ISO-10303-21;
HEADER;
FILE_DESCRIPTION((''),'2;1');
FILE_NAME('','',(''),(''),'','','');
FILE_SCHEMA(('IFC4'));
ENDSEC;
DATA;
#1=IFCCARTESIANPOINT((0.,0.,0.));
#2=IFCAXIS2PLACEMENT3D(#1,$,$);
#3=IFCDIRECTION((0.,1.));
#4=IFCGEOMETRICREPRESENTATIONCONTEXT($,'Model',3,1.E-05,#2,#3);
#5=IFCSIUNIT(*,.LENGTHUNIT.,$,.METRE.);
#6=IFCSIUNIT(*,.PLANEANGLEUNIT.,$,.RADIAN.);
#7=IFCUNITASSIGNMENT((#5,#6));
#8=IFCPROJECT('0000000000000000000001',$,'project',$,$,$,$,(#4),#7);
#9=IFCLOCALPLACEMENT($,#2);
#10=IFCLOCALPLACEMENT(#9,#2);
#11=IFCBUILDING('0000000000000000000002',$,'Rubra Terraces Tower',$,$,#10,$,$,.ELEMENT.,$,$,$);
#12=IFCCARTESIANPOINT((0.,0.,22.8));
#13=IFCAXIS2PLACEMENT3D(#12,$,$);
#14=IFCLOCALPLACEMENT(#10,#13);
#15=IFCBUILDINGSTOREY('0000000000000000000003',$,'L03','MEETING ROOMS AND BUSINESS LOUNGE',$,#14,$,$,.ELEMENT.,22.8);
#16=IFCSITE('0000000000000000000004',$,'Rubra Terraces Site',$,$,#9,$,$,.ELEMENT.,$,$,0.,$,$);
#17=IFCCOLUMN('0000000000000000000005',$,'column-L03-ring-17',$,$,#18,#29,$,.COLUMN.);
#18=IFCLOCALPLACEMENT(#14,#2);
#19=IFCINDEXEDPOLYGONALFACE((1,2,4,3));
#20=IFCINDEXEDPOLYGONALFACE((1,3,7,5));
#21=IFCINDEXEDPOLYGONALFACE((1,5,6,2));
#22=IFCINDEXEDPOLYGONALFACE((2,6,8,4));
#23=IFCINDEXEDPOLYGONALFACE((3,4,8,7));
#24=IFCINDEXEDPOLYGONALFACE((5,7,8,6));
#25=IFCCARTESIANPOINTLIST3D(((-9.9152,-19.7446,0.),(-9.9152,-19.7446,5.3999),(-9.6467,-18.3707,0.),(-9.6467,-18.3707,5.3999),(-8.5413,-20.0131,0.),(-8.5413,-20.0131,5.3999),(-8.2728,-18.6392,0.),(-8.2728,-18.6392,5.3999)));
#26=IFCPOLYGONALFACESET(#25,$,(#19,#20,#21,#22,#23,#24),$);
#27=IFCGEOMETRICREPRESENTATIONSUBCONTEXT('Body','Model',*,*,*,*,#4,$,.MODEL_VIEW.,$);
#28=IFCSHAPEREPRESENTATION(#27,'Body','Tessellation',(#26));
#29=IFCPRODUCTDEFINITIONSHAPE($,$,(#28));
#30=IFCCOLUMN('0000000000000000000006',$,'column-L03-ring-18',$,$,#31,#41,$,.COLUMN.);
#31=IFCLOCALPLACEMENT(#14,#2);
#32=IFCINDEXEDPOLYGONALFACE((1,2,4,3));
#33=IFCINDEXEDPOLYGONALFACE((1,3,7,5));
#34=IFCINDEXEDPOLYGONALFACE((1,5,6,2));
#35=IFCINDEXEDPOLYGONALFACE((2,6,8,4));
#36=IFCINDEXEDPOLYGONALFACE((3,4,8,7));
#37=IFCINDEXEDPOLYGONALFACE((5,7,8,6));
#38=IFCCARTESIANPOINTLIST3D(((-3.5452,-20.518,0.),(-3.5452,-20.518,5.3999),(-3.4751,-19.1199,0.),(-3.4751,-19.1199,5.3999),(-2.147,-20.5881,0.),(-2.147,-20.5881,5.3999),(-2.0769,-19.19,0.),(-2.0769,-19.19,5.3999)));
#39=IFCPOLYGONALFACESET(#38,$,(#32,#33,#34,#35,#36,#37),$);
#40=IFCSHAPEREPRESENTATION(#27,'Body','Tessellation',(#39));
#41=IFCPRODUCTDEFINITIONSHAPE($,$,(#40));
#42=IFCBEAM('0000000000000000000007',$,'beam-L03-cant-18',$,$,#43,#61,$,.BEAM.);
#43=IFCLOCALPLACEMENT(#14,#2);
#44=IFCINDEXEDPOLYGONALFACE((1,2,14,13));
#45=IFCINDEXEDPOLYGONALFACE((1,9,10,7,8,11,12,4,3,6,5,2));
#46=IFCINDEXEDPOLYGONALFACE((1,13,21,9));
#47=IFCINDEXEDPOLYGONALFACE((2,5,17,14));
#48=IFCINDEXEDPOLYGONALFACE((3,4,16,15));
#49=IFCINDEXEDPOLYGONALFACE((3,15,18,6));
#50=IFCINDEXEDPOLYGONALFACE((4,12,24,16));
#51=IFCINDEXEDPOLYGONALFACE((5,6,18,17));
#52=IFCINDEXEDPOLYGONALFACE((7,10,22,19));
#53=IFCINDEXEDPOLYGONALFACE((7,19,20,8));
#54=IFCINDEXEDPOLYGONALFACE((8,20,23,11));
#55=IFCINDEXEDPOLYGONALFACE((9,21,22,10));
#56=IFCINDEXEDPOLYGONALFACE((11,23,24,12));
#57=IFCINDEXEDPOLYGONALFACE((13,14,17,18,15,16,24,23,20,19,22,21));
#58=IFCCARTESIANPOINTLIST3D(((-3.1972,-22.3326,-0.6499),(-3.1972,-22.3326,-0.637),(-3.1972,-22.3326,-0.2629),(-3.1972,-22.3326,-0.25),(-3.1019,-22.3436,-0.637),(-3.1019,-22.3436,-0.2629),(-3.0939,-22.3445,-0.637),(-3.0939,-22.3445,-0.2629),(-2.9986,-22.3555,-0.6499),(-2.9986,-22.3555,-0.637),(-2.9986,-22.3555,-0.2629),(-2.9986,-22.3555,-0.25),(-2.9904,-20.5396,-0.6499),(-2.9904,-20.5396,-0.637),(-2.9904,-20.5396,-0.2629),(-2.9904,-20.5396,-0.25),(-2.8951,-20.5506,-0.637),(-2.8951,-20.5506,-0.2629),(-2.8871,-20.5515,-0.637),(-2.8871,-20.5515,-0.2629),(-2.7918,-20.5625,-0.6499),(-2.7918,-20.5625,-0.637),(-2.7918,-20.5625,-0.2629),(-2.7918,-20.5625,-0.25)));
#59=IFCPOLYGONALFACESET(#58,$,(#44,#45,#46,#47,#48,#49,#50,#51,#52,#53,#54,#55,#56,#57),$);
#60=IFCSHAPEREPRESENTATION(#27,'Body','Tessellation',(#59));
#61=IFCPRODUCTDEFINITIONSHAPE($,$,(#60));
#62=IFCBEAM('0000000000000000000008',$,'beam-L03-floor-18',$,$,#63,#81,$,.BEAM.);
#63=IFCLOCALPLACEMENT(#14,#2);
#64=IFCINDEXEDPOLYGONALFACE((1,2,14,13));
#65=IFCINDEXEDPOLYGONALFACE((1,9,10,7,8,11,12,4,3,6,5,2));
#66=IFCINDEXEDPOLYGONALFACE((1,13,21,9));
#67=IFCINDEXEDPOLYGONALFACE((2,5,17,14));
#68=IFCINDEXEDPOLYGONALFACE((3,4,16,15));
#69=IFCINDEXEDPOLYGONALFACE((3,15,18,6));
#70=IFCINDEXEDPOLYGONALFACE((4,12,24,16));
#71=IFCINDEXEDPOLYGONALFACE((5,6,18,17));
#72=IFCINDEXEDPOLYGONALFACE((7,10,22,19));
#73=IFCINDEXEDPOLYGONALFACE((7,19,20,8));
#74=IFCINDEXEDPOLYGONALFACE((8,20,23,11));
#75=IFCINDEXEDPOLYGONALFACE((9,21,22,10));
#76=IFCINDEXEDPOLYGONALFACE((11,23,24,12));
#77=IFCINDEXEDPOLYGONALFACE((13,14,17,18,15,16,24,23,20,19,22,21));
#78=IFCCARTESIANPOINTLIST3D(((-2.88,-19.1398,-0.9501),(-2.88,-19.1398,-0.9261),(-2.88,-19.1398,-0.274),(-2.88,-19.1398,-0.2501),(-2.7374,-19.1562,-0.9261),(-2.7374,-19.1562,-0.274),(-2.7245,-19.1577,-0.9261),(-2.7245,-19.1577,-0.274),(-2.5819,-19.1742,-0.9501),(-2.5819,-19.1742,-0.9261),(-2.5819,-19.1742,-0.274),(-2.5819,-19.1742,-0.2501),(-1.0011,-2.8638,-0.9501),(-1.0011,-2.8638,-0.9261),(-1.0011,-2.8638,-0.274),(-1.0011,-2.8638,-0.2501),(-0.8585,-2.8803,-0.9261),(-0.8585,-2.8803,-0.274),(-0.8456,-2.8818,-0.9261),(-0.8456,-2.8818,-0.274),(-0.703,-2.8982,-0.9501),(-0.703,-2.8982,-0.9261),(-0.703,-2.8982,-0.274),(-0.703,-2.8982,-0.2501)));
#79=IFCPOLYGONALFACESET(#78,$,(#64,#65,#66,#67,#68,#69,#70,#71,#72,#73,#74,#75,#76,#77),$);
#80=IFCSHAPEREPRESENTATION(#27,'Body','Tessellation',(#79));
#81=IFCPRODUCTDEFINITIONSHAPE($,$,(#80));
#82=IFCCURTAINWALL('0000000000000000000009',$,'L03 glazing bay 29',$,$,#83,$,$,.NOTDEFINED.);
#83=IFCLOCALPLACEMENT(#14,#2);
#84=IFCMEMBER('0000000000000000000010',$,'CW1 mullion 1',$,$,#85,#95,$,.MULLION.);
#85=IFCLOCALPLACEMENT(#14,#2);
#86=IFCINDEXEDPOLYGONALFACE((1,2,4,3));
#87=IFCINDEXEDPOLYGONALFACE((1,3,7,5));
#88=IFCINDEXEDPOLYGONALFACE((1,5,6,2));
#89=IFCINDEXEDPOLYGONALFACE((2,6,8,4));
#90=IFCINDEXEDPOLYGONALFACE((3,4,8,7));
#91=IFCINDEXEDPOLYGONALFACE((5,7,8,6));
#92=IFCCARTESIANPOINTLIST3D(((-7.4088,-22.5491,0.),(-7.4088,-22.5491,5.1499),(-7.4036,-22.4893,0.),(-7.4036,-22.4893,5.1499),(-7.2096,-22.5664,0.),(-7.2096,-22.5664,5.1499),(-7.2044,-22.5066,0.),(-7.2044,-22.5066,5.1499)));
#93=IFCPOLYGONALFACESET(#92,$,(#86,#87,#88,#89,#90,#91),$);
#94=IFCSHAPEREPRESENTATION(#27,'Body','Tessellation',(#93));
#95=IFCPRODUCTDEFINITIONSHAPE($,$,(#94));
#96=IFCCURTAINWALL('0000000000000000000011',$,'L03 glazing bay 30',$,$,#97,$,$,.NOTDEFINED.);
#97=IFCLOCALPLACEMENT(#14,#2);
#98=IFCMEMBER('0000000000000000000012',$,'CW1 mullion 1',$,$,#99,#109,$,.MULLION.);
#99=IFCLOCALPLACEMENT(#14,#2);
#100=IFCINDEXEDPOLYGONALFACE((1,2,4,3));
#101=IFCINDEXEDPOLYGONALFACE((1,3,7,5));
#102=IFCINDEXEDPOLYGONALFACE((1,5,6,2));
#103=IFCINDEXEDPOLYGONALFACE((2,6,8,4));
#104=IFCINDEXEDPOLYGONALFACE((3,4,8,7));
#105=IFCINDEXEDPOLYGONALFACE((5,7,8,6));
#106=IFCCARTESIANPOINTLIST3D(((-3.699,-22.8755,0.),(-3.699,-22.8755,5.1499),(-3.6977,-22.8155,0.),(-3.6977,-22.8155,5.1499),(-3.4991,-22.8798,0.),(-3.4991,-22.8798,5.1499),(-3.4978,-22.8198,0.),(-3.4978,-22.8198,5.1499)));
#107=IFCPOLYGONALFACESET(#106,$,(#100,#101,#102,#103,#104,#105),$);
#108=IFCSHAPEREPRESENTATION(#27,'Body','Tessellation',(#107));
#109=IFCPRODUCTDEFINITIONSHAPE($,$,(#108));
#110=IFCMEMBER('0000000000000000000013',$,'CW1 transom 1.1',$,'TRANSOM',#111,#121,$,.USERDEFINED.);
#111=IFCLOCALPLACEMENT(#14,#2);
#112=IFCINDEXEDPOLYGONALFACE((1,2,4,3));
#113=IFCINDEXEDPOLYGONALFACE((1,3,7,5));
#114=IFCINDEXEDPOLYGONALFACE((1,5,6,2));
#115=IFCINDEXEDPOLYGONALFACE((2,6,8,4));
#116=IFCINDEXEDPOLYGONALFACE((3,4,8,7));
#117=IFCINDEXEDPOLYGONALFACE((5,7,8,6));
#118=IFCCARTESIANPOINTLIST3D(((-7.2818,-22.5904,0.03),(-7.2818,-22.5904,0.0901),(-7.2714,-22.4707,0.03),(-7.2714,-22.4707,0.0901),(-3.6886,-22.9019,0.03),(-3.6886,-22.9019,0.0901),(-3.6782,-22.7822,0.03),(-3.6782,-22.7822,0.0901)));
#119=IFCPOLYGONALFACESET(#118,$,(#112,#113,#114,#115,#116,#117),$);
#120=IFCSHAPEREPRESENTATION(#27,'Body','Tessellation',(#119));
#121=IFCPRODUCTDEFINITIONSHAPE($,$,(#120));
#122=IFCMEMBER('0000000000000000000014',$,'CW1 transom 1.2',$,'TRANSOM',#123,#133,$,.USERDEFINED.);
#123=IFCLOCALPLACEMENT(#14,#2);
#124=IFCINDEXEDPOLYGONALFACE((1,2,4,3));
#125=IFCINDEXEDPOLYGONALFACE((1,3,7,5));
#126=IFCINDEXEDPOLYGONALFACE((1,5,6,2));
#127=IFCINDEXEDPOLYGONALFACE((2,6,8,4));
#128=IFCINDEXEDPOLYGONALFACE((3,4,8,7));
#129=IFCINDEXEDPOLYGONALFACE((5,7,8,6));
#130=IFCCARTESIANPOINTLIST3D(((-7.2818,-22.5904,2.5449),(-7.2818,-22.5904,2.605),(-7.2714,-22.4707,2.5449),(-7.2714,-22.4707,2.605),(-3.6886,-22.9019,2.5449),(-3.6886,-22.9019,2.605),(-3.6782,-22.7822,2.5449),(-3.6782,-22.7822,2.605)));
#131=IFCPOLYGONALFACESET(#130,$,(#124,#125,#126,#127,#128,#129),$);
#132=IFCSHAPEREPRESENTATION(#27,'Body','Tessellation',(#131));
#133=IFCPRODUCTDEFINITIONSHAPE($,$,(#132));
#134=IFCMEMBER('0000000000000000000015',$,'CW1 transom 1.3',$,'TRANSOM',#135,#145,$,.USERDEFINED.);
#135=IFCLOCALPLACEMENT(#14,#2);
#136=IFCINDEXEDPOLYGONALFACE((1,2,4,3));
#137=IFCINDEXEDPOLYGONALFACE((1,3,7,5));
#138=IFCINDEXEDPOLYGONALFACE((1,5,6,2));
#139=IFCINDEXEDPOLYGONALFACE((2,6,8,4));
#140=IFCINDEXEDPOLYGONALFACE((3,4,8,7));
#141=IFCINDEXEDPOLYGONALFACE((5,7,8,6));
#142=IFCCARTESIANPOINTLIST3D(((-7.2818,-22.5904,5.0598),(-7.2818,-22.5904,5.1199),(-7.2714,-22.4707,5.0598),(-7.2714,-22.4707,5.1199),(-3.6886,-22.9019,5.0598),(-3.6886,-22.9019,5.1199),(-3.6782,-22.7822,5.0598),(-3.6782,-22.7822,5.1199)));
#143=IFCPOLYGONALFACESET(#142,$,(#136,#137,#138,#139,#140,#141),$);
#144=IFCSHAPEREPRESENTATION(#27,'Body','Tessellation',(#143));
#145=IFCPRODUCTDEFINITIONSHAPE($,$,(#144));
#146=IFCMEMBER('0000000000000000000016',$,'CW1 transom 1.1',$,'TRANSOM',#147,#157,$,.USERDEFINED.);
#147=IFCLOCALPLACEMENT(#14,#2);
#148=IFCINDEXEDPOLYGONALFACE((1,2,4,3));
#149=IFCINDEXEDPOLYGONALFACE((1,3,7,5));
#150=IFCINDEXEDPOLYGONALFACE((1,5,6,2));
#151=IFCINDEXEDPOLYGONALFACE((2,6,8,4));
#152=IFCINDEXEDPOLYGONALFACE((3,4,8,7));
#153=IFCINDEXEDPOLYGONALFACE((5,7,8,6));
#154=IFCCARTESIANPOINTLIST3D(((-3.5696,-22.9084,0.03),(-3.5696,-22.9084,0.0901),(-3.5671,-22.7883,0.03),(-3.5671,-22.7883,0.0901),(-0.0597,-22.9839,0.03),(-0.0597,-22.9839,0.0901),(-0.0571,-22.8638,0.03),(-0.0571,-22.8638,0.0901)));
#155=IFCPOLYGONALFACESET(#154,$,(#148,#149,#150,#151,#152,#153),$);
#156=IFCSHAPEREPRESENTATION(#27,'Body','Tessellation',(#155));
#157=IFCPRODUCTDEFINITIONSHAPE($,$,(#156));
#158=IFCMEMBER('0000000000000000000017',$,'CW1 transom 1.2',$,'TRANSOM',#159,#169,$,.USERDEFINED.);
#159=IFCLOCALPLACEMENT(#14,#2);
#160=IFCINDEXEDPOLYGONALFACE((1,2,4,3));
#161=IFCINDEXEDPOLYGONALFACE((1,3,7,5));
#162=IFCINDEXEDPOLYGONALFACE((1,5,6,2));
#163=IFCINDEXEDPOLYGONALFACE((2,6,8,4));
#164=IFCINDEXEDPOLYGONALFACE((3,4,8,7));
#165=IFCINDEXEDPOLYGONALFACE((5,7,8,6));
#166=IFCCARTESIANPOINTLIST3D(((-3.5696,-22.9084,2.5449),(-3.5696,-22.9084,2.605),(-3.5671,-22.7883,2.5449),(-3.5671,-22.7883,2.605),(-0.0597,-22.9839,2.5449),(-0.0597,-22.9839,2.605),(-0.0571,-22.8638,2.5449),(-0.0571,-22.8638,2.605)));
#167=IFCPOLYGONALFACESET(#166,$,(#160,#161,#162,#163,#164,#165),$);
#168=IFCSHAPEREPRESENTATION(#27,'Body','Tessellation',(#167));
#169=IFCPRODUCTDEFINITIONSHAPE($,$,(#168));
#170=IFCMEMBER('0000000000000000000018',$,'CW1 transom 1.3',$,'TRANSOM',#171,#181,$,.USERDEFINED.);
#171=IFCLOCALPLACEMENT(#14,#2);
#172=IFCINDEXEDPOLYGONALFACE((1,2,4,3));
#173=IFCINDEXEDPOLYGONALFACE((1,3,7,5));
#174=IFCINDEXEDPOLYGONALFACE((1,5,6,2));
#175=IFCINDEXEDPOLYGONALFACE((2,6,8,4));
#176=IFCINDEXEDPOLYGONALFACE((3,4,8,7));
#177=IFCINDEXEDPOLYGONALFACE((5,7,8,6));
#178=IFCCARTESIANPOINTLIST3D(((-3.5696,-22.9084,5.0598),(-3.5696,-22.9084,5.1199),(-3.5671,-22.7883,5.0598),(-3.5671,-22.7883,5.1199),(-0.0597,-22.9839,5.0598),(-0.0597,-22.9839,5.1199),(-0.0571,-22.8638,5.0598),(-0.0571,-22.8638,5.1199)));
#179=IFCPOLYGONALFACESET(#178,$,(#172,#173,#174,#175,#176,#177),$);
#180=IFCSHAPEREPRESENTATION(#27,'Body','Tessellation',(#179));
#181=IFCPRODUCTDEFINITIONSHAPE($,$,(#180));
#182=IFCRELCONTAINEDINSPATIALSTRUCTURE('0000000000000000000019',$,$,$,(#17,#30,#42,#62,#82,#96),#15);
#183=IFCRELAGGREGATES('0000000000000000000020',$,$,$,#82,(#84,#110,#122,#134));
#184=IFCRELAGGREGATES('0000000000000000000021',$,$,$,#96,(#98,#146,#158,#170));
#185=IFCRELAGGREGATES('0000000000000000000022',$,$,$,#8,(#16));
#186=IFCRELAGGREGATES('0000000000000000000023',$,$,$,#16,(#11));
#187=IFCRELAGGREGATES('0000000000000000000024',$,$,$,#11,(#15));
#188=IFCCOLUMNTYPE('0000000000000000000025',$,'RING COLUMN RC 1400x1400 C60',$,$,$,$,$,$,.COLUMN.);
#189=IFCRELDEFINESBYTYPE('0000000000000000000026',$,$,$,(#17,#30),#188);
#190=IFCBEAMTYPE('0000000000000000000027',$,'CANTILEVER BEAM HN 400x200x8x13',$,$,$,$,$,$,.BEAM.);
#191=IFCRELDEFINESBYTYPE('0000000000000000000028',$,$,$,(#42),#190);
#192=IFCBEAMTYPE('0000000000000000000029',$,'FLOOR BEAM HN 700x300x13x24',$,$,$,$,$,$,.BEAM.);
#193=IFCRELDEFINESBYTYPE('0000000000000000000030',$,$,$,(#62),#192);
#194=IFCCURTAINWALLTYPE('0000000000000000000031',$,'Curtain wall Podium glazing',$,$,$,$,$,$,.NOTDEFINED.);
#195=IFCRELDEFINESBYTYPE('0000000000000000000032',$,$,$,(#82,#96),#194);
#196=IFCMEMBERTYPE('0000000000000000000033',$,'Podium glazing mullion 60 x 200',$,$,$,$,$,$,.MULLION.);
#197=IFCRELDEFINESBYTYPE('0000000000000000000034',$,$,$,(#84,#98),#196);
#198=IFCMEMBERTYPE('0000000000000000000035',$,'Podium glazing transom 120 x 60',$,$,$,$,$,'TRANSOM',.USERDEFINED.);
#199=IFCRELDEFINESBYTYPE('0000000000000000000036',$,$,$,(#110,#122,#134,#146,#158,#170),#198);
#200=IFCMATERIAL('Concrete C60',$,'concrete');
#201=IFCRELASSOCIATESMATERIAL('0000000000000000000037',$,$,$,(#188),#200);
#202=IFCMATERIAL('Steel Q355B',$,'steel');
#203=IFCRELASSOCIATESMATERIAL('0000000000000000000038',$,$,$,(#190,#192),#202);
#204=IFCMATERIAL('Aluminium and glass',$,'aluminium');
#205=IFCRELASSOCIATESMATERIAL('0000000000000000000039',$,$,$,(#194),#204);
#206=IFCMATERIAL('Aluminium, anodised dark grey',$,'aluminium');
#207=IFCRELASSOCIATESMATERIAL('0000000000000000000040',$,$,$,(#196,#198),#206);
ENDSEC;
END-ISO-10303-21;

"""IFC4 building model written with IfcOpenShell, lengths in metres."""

from ifc_helpers import new_model, si_unit, direction, frame, origin, origin_2d, place, context, subcontext, project, spatial, rectangle, i_section, extrude, material, material_profile, profile_set, type_object, element, aggregate, save


model = new_model("IFC4")

# Units and contexts
model_context = context("Model", 3, precision=1e-05, world=origin(), true_north=direction((0.0, 1.0)))
body_context = subcontext(model_context, "Body", "Model", "MODEL_VIEW")
ifc_project = project(units=[si_unit("LENGTHUNIT", "METRE"), si_unit("PLANEANGLEUNIT", "RADIAN")], contexts=[model_context])

# Site, building, storey
site_placement = place(None, origin())
site = spatial("IfcSite", under=ifc_project, at=site_placement, Name="Rubra Terraces Site", CompositionType="ELEMENT", RefElevation=0.0)
building_placement = place(site_placement, origin())
building = spatial("IfcBuilding", under=site, at=building_placement, Name="Rubra Terraces Tower", CompositionType="ELEMENT")
storey_placement = place(building_placement, frame((0.0, 0.0, 22.8)))
storey = spatial("IfcBuildingStorey", under=building, at=storey_placement, Name="L03", Description="MEETING ROOMS AND BUSINESS LOUNGE", CompositionType="ELEMENT", Elevation=22.8)

# Columns
ifc_material_1 = material(Name="Concrete C60", Category="concrete")
ifc_material_profile_1 = material_profile(ifc_material_1, rectangle(XDim=1.3999, YDim=1.3999, at=origin_2d()), Name="RC 1400x1400")
ifc_profile_set_1 = profile_set([ifc_material_profile_1], Name="Concrete C60")
column_type = type_object("IfcColumnType", Name="RING COLUMN RC 1400x1400 C60", PredefinedType="COLUMN", material=ifc_profile_set_1)
for number, where, z_axis, x_axis, name in (
    (1, (-9.094, -19.1919, 0.0), (0.0, 0.0, 1.0), (0.98143, -0.191819, 0.0), "column-L03-ring-17"),
    (2, (-2.811, -19.854, 0.0), (0.0, 0.0, 1.0), (0.998745, -0.050084, 0.0), "column-L03-ring-18"),
):
    element("IfcColumn", number, at=place(storey_placement, frame(where, z_axis=z_axis, x_axis=x_axis)), inside=storey, type_object=column_type, Name=name, PredefinedType="COLUMN", context=body_context, shape_type="SweptSolid", body=[
        extrude(rectangle(XDim=1.3999, YDim=1.3999, at=origin_2d()), origin(), (0.0, 0.0, 1.0), 5.3999),
    ])

# Beams
ifc_material_2 = material(Name="Steel Q355B", Category="steel")
ifc_material_profile_2 = material_profile(ifc_material_2, i_section(OverallWidth=0.2, OverallDepth=0.3999, WebThickness=0.0081, FlangeThickness=0.0129, at=origin_2d()), Name="HN 400x200x8x13")
ifc_profile_set_2 = profile_set([ifc_material_profile_2], Name="Steel Q355B")
beam_type_1 = type_object("IfcBeamType", Name="CANTILEVER BEAM HN 400x200x8x13", PredefinedType="BEAM", material=ifc_profile_set_2)
beam_1_placement = place(storey_placement, frame((-2.8911, -20.551, -0.45), z_axis=(-0.114573, -0.993415, 0.0), x_axis=(0.993415, -0.114573, 0.0)))
element("IfcBeam", 3, at=beam_1_placement, inside=storey, type_object=beam_type_1, Name="beam-L03-cant-18", PredefinedType="BEAM", context=body_context, shape_type="SweptSolid", body=[
    extrude(i_section(OverallWidth=0.2, OverallDepth=0.3999, WebThickness=0.0081, FlangeThickness=0.0129, at=origin_2d()), origin(), (0.0, 0.0, 1.0), 1.8049),
])
ifc_material_profile_3 = material_profile(ifc_material_2, i_section(OverallWidth=0.3, OverallDepth=0.7, WebThickness=0.0129, FlangeThickness=0.0239, at=origin_2d()), Name="HN 700x300x13x24")
ifc_profile_set_3 = profile_set([ifc_material_profile_3], Name="Steel Q355B")
beam_type_2 = type_object("IfcBeamType", Name="FLOOR BEAM HN 700x300x13x24", PredefinedType="BEAM", material=ifc_profile_set_3)
beam_2_placement = place(storey_placement, frame((-2.731, -19.157, -0.6001), z_axis=(0.11468, 0.993403, 0.0), x_axis=(-0.993403, 0.11468, 0.0)))
element("IfcBeam", 4, at=beam_2_placement, inside=storey, type_object=beam_type_2, Name="beam-L03-floor-18", PredefinedType="BEAM", context=body_context, shape_type="SweptSolid", body=[
    extrude(i_section(OverallWidth=0.3, OverallDepth=0.7, WebThickness=0.0129, FlangeThickness=0.0239, at=origin_2d()), origin(), (0.0, 0.0, 1.0), 16.384),
])

# Curtain walls, members
ifc_material_3 = material(Name="Aluminium and glass", Category="aluminium")
curtain_wall_type = type_object("IfcCurtainWallType", Name="Curtain wall Podium glazing", PredefinedType="NOTDEFINED", material=ifc_material_3)
curtain_wall_1_placement = place(storey_placement, origin())
curtain_wall_1 = element("IfcCurtainWall", 5, at=curtain_wall_1_placement, inside=storey, type_object=curtain_wall_type, Name="L03 glazing bay 29", PredefinedType="NOTDEFINED")
ifc_material_4 = material(Name="Aluminium, anodised dark grey", Category="aluminium")
ifc_material_profile_4 = material_profile(ifc_material_4, rectangle(XDim=0.0601, YDim=0.2, at=origin_2d()), Name="AL 60x200")
ifc_profile_set_4 = profile_set([ifc_material_profile_4], Name="Aluminium, anodised dark grey")
member_type_1 = type_object("IfcMemberType", Name="Podium glazing mullion 60 x 200", PredefinedType="MULLION", material=ifc_profile_set_4)
member_1_placement = place(storey_placement, frame((-7.3066, -22.5278, 0.0), z_axis=(0.0, 0.0, 1.0), x_axis=(0.086398, 0.996261, 0.0)))
member_1 = element("IfcMember", 6, at=member_1_placement, type_object=member_type_1, Name="CW1 mullion 1", PredefinedType="MULLION", context=body_context, shape_type="SweptSolid", body=[
    extrude(rectangle(XDim=0.0601, YDim=0.2, at=origin_2d()), origin(), (0.0, 0.0, 1.0), 5.1499),
])
curtain_wall_2_placement = place(storey_placement, origin())
curtain_wall_2 = element("IfcCurtainWall", 7, at=curtain_wall_2_placement, inside=storey, type_object=curtain_wall_type, Name="L03 glazing bay 30", PredefinedType="NOTDEFINED")
member_2_placement = place(storey_placement, frame((-3.5984, -22.8477, 0.0), z_axis=(0.0, 0.0, 1.0), x_axis=(0.021483, 0.999769, 0.0)))
member_2 = element("IfcMember", 8, at=member_2_placement, type_object=member_type_1, Name="CW1 mullion 1", PredefinedType="MULLION", context=body_context, shape_type="SweptSolid", body=[
    extrude(rectangle(XDim=0.0601, YDim=0.2, at=origin_2d()), origin(), (0.0, 0.0, 1.0), 5.1499),
])

# Members
ifc_material_profile_5 = material_profile(ifc_material_4, rectangle(XDim=0.1201, YDim=0.0601, at=origin_2d()), Name="AL 120x60")
ifc_profile_set_5 = profile_set([ifc_material_profile_5], Name="Aluminium, anodised dark grey")
member_type_2 = type_object("IfcMemberType", Name="Podium glazing transom 120 x 60", ElementType="TRANSOM", PredefinedType="USERDEFINED", material=ifc_profile_set_5)
member_3_placement = place(storey_placement, frame((-7.2766, -22.5305, 0.0601), z_axis=(0.996263, -0.086373, 0.0), x_axis=(0.086373, 0.996263, 0.0)))
member_3 = element("IfcMember", 9, at=member_3_placement, type_object=member_type_2, Name="CW1 transom 1.1", ObjectType="TRANSOM", PredefinedType="USERDEFINED", context=body_context, shape_type="SweptSolid", body=[
    extrude(rectangle(XDim=0.1201, YDim=0.0601, at=origin_2d()), origin(), (0.0, 0.0, 1.0), 3.6067),
])
member_4_placement = place(storey_placement, frame((-7.2766, -22.5305, 2.575), z_axis=(0.996263, -0.086373, 0.0), x_axis=(0.086373, 0.996263, 0.0)))
member_4 = element("IfcMember", 10, at=member_4_placement, type_object=member_type_2, Name="CW1 transom 1.2", ObjectType="TRANSOM", PredefinedType="USERDEFINED", context=body_context, shape_type="SweptSolid", body=[
    extrude(rectangle(XDim=0.1201, YDim=0.0601, at=origin_2d()), origin(), (0.0, 0.0, 1.0), 3.6067),
])
member_5_placement = place(storey_placement, frame((-7.2766, -22.5305, 5.0898), z_axis=(0.996263, -0.086373, 0.0), x_axis=(0.086373, 0.996263, 0.0)))
member_5 = element("IfcMember", 11, at=member_5_placement, type_object=member_type_2, Name="CW1 transom 1.3", ObjectType="TRANSOM", PredefinedType="USERDEFINED", context=body_context, shape_type="SweptSolid", body=[
    extrude(rectangle(XDim=0.1201, YDim=0.0601, at=origin_2d()), origin(), (0.0, 0.0, 1.0), 3.6067),
])
member_6_placement = place(storey_placement, frame((-3.5684, -22.8484, 0.0601), z_axis=(0.999769, -0.021488, 0.0), x_axis=(0.021488, 0.999769, 0.0)))
member_6 = element("IfcMember", 12, at=member_6_placement, type_object=member_type_2, Name="CW1 transom 1.1", ObjectType="TRANSOM", PredefinedType="USERDEFINED", context=body_context, shape_type="SweptSolid", body=[
    extrude(rectangle(XDim=0.1201, YDim=0.0601, at=origin_2d()), origin(), (0.0, 0.0, 1.0), 3.5107),
])
member_7_placement = place(storey_placement, frame((-3.5684, -22.8484, 2.575), z_axis=(0.999769, -0.021488, 0.0), x_axis=(0.021488, 0.999769, 0.0)))
member_7 = element("IfcMember", 13, at=member_7_placement, type_object=member_type_2, Name="CW1 transom 1.2", ObjectType="TRANSOM", PredefinedType="USERDEFINED", context=body_context, shape_type="SweptSolid", body=[
    extrude(rectangle(XDim=0.1201, YDim=0.0601, at=origin_2d()), origin(), (0.0, 0.0, 1.0), 3.5107),
])
member_8_placement = place(storey_placement, frame((-3.5684, -22.8484, 5.0898), z_axis=(0.999769, -0.021488, 0.0), x_axis=(0.021488, 0.999769, 0.0)))
member_8 = element("IfcMember", 14, at=member_8_placement, type_object=member_type_2, Name="CW1 transom 1.3", ObjectType="TRANSOM", PredefinedType="USERDEFINED", context=body_context, shape_type="SweptSolid", body=[
    extrude(rectangle(XDim=0.1201, YDim=0.0601, at=origin_2d()), origin(), (0.0, 0.0, 1.0), 3.5107),
])

aggregate(curtain_wall_1, [member_1, member_3, member_4, member_5])
aggregate(curtain_wall_2, [member_2, member_6, member_7, member_8])

save(model, "model.ifc")
